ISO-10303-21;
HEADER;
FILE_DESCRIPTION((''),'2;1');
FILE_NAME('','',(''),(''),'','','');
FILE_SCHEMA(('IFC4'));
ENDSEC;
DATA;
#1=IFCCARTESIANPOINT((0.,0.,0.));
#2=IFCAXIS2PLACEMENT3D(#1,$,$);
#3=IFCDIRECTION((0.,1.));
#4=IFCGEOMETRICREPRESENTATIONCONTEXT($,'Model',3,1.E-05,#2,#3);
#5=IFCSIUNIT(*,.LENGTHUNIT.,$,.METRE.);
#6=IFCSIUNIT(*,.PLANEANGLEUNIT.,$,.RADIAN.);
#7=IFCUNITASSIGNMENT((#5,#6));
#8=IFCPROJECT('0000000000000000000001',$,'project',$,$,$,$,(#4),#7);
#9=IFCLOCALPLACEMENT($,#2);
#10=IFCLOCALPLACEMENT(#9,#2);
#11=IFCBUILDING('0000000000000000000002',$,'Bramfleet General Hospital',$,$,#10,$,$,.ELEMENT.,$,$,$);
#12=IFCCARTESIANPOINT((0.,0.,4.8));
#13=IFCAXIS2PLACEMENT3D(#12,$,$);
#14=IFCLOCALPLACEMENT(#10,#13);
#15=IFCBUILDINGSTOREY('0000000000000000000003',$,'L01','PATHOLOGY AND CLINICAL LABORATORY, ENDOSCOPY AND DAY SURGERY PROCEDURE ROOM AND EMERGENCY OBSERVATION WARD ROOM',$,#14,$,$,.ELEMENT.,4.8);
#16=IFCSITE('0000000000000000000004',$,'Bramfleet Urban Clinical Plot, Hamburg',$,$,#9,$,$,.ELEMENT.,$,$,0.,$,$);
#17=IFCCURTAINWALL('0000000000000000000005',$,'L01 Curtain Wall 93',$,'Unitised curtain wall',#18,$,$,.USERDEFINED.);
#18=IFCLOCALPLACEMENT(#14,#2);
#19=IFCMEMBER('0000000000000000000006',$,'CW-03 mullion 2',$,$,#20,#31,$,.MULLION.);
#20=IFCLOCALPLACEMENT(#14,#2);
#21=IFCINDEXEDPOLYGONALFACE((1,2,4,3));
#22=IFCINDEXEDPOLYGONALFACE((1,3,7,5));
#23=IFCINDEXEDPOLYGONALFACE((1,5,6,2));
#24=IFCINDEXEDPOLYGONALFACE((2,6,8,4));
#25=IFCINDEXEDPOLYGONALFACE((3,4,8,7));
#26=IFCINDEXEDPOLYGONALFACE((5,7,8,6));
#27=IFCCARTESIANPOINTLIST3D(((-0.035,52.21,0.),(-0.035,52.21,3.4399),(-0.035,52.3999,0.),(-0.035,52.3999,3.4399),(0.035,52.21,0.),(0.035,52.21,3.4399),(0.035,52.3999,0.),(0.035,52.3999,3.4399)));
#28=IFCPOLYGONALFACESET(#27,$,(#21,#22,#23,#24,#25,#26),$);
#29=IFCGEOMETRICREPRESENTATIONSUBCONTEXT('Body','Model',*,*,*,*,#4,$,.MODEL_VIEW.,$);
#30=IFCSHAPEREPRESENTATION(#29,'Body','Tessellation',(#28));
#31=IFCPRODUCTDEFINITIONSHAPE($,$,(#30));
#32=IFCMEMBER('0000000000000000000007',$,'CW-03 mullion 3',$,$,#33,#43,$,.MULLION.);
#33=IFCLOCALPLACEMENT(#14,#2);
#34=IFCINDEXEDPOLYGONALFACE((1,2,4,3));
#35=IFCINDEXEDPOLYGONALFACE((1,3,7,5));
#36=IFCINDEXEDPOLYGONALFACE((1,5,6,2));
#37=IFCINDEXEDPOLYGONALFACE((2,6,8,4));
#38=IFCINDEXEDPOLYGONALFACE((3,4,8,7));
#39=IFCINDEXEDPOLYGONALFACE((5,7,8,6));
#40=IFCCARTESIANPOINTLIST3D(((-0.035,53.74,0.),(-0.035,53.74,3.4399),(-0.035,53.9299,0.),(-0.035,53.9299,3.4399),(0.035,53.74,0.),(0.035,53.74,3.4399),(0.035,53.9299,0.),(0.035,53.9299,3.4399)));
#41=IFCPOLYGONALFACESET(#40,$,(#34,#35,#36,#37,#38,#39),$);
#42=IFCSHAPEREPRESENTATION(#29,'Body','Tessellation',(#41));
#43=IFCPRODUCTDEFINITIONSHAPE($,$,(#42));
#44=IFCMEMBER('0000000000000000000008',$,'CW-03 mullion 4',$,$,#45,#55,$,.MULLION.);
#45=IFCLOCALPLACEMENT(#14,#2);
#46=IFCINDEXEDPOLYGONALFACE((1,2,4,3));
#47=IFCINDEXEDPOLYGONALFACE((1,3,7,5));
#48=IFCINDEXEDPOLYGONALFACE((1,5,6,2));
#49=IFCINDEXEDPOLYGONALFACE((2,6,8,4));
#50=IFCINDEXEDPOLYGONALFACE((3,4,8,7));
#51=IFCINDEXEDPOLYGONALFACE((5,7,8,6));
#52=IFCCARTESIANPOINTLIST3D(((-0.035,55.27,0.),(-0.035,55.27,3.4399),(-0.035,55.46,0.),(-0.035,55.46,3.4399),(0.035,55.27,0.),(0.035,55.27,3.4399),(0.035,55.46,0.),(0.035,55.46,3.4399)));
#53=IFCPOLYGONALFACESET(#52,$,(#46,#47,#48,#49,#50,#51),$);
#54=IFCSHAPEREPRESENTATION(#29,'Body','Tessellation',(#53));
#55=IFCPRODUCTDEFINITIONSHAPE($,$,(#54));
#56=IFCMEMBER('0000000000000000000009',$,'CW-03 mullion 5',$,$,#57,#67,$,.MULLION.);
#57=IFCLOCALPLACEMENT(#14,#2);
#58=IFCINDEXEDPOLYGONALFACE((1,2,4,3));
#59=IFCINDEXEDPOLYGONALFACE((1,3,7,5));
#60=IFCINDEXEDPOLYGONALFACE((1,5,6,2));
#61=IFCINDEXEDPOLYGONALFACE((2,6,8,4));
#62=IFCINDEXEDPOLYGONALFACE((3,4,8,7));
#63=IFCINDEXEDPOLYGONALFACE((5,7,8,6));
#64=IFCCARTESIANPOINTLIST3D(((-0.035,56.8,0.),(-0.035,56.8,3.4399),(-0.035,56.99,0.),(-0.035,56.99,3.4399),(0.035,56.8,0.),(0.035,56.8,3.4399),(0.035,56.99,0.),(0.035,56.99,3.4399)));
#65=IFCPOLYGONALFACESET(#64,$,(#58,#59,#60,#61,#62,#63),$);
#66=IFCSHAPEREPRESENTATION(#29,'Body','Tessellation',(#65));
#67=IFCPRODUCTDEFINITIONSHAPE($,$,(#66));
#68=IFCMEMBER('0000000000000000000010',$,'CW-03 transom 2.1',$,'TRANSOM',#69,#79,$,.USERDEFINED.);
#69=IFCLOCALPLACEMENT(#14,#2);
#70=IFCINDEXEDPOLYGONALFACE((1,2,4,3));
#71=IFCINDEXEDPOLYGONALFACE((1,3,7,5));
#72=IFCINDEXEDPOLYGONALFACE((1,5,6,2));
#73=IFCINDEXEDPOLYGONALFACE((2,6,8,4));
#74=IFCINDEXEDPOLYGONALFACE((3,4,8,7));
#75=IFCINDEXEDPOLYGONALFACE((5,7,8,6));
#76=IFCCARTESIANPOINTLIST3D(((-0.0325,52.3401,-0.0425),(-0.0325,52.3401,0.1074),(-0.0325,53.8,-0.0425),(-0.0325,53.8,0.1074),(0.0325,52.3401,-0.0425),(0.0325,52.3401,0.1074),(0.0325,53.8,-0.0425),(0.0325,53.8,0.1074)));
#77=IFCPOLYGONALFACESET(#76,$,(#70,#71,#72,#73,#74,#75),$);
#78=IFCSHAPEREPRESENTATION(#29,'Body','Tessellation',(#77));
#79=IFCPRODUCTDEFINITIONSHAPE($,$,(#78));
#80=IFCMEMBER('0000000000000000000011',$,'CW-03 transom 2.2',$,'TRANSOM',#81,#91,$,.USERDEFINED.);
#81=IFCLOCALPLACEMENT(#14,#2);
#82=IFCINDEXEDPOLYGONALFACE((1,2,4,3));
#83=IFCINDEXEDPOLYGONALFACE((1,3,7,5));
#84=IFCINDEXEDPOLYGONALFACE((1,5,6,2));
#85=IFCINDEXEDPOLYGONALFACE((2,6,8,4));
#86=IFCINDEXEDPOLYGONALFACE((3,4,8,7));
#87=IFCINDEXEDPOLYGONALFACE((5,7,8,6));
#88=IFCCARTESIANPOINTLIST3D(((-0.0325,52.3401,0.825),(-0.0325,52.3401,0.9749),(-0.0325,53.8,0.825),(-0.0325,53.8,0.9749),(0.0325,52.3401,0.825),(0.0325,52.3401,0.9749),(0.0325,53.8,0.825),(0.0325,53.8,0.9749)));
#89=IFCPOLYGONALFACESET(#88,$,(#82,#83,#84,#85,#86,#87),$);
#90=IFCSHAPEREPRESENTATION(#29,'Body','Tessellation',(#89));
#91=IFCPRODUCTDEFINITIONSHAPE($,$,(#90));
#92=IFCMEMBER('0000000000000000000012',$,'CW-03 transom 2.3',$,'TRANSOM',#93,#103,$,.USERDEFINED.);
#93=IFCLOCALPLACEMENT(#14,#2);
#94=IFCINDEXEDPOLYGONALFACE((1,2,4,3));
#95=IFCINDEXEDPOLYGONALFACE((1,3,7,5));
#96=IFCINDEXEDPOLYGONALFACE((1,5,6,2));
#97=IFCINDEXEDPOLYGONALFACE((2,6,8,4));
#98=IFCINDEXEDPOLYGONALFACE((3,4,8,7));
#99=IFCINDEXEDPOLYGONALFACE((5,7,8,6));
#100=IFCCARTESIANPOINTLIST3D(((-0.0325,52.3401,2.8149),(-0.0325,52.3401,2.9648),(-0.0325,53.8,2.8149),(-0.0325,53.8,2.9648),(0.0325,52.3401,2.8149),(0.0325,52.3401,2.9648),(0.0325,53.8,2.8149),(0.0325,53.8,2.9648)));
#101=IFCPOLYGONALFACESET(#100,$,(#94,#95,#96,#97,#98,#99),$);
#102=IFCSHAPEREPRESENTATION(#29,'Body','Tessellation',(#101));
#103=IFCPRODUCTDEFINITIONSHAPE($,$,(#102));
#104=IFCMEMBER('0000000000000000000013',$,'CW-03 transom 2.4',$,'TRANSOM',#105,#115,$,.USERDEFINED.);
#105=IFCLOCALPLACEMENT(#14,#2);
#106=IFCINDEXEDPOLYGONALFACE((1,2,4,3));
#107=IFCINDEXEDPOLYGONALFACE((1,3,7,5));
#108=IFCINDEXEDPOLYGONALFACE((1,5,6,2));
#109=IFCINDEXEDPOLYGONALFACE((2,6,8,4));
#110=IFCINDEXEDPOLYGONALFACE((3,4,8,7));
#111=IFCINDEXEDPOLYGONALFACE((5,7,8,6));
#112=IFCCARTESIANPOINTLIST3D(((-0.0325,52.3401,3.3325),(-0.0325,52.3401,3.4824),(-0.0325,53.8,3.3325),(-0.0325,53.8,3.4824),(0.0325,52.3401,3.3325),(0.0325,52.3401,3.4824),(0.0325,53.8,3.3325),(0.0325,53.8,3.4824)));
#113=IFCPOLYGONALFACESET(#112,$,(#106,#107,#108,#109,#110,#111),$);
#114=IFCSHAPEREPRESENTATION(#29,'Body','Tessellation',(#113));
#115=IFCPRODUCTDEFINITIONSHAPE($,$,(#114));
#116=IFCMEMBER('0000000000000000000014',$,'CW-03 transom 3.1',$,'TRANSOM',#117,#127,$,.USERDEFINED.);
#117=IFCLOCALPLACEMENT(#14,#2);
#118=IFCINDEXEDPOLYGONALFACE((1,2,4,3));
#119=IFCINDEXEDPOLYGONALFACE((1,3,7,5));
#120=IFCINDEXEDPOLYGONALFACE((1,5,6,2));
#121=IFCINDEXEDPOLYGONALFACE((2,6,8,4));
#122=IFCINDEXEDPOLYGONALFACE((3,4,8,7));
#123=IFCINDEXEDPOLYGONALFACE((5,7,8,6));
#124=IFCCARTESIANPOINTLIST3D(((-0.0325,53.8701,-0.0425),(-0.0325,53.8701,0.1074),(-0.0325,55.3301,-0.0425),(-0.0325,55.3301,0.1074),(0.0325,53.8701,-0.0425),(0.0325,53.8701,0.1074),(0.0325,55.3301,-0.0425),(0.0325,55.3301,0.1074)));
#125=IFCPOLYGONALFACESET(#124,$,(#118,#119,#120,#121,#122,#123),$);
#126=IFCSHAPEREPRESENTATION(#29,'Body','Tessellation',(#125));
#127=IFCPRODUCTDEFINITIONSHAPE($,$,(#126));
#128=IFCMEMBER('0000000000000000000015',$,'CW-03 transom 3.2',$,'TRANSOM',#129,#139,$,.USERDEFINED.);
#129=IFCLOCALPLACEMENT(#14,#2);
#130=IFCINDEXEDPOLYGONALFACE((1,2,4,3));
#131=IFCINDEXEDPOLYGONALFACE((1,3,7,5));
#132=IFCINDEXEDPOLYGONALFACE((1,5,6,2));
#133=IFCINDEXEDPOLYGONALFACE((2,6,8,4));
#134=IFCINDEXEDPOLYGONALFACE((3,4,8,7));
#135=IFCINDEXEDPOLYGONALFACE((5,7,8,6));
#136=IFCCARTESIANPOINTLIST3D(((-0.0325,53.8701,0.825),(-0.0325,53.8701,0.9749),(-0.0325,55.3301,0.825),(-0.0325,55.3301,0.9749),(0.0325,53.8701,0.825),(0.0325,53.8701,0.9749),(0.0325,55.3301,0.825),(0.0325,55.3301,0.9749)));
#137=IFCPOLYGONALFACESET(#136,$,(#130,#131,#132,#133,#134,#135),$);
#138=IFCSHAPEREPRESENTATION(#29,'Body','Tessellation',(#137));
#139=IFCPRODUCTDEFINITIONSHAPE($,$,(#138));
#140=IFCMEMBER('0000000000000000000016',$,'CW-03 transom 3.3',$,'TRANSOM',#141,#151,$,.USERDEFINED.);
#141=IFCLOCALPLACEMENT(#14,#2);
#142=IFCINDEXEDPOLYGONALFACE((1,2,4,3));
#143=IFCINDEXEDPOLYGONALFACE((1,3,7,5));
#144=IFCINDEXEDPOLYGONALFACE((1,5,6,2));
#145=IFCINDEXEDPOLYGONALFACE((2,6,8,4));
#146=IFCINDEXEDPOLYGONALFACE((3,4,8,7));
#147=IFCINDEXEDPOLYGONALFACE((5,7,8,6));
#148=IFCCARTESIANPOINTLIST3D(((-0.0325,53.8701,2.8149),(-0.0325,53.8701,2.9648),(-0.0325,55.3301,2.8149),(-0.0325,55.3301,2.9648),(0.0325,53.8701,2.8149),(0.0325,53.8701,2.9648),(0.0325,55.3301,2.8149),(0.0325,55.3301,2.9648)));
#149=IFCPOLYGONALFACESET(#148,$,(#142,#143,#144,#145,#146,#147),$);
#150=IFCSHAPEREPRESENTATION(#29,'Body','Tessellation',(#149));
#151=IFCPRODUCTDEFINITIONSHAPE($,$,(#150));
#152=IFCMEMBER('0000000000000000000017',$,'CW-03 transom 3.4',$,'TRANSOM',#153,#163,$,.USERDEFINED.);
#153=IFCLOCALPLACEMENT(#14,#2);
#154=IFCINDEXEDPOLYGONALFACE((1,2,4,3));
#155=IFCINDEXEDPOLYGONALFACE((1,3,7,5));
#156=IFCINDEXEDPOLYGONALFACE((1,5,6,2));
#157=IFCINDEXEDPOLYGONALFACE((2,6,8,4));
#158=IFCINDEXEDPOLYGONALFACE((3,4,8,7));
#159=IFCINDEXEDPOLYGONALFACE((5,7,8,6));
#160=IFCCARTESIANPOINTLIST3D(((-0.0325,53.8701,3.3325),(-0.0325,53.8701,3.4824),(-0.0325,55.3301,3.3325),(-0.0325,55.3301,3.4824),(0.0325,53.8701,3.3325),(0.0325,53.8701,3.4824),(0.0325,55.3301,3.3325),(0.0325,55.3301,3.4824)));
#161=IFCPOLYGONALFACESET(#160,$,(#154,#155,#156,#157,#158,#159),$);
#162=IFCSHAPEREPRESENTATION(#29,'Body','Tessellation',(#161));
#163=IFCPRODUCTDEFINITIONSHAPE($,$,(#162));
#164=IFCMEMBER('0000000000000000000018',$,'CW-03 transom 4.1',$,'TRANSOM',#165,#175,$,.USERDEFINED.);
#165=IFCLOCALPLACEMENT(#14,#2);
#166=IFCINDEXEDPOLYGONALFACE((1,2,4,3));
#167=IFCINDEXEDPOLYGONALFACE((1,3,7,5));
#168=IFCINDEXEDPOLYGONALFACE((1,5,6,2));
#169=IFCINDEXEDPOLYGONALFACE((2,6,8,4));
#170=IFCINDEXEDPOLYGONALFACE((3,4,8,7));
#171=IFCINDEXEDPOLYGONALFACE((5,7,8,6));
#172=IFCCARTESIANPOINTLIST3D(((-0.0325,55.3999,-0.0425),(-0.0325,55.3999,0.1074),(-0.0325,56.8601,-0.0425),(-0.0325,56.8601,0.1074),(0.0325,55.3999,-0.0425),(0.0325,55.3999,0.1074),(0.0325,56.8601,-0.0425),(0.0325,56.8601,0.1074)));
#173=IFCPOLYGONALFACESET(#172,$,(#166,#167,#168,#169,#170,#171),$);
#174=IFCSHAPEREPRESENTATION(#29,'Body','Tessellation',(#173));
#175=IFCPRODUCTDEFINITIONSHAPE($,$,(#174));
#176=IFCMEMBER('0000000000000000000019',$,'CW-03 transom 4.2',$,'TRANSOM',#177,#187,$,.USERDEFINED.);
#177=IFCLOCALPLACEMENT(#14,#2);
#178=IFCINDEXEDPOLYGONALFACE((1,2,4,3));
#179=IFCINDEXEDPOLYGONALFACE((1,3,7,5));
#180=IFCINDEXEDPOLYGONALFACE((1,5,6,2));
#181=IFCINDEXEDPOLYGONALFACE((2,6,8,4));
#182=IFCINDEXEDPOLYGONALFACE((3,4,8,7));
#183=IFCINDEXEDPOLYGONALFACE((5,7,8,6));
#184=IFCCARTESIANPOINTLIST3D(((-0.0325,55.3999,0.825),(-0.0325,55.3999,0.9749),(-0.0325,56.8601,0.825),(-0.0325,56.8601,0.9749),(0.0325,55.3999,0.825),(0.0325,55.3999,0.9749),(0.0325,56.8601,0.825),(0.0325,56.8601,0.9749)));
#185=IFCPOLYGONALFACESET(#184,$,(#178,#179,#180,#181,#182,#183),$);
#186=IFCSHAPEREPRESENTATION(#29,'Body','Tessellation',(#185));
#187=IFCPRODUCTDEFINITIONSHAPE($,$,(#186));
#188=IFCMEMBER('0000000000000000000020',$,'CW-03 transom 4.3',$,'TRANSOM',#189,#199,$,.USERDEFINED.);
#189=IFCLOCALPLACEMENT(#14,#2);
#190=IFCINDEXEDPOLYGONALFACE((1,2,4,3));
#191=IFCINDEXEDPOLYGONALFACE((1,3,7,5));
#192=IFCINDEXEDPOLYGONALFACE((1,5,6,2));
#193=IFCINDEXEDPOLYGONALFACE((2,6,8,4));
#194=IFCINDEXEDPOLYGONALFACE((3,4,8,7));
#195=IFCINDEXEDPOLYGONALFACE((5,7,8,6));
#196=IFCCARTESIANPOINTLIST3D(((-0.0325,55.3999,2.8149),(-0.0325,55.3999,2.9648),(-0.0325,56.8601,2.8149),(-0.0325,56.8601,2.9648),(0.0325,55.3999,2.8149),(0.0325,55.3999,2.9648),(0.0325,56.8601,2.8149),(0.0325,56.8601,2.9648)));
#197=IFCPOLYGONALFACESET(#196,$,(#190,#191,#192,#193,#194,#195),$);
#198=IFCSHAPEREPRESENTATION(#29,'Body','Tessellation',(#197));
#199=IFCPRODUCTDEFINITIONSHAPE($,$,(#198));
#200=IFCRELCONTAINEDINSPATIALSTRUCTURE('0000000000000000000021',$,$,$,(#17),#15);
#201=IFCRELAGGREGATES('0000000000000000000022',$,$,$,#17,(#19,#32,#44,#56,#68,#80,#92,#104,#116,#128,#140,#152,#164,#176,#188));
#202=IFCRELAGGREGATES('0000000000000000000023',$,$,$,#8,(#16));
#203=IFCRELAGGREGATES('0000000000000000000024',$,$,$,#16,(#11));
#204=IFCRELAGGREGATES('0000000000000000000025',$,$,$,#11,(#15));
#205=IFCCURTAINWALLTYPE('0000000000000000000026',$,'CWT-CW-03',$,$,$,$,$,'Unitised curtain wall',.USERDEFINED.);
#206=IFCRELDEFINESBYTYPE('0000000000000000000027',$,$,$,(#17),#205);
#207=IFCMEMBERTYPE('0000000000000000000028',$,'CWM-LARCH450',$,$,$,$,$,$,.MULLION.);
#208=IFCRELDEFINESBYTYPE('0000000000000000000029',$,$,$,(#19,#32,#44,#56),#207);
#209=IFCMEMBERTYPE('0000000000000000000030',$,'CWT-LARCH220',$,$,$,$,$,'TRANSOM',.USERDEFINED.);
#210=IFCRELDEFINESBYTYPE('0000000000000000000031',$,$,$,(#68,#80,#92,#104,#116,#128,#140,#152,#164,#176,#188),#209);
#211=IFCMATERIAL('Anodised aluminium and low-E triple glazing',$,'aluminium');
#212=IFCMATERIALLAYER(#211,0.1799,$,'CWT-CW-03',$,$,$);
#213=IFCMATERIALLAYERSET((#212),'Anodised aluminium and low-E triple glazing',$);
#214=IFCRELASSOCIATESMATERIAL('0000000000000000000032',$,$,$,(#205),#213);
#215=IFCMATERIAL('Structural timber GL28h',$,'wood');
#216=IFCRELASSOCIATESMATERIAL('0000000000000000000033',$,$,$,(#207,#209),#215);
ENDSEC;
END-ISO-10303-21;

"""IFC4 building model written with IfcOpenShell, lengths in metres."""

from ifc_helpers import new_model, si_unit, direction, frame, origin, origin_2d, place, context, subcontext, project, spatial, rectangle, extrude, material, layer, layer_set, material_profile, profile_set, type_object, element, aggregate, save


model = new_model("IFC4")

# Units and contexts
model_context = context("Model", 3, precision=1e-05, world=origin(), true_north=direction((0.0, 1.0)))
body_context = subcontext(model_context, "Body", "Model", "MODEL_VIEW")
ifc_project = project(units=[si_unit("LENGTHUNIT", "METRE"), si_unit("PLANEANGLEUNIT", "RADIAN")], contexts=[model_context])

# Site, building, storey
site_placement = place(None, origin())
site = spatial("IfcSite", under=ifc_project, at=site_placement, Name="Bramfleet Urban Clinical Plot, Hamburg", CompositionType="ELEMENT", RefElevation=0.0)
building_placement = place(site_placement, origin())
building = spatial("IfcBuilding", under=site, at=building_placement, Name="Bramfleet General Hospital", CompositionType="ELEMENT")
storey_placement = place(building_placement, frame((0.0, 0.0, 4.8)))
storey = spatial("IfcBuildingStorey", under=building, at=storey_placement, Name="L01", Description="PATHOLOGY AND CLINICAL LABORATORY, ENDOSCOPY AND DAY SURGERY PROCEDURE ROOM AND EMERGENCY OBSERVATION WARD ROOM", CompositionType="ELEMENT", Elevation=4.8)

# Curtain wall, members
ifc_material_1 = material(Name="Anodised aluminium and low-E triple glazing", Category="aluminium")
ifc_layer_1 = layer(ifc_material_1, 0.1799, Name="CWT-CW-03")
ifc_layer_set_1 = layer_set([ifc_layer_1], Name="Anodised aluminium and low-E triple glazing")
curtain_wall_type = type_object("IfcCurtainWallType", Name="CWT-CW-03", ElementType="Unitised curtain wall", PredefinedType="USERDEFINED", material=ifc_layer_set_1)
curtain_wall_placement = place(storey_placement, origin())
curtain_wall = element("IfcCurtainWall", 1, at=curtain_wall_placement, inside=storey, type_object=curtain_wall_type, Name="L01 Curtain Wall 93", ObjectType="Unitised curtain wall", PredefinedType="USERDEFINED")
ifc_material_2 = material(Name="Structural timber GL28h", Category="wood")
ifc_material_profile_1 = material_profile(ifc_material_2, rectangle(XDim=0.0701, YDim=0.1899, at=origin_2d()), Name="LARCH 190x70")
ifc_profile_set_1 = profile_set([ifc_material_profile_1], Name="Structural timber GL28h")
member_type_1 = type_object("IfcMemberType", Name="CWM-LARCH450", PredefinedType="MULLION", material=ifc_profile_set_1)
member_1_placement = place(storey_placement, frame((0.0, 52.3049, 0.0), z_axis=(0.0, 0.0, 1.0), x_axis=(-1.0, 0.0, 0.0)))
member_1 = element("IfcMember", 2, at=member_1_placement, type_object=member_type_1, Name="CW-03 mullion 2", PredefinedType="MULLION", context=body_context, shape_type="SweptSolid", body=[
    extrude(rectangle(XDim=0.0701, YDim=0.1899, at=origin_2d()), origin(), (0.0, 0.0, 1.0), 3.4399),
])
member_2_placement = place(storey_placement, frame((0.0, 53.835, 0.0), z_axis=(0.0, 0.0, 1.0), x_axis=(-1.0, 0.0, 0.0)))
member_2 = element("IfcMember", 3, at=member_2_placement, type_object=member_type_1, Name="CW-03 mullion 3", PredefinedType="MULLION", context=body_context, shape_type="SweptSolid", body=[
    extrude(rectangle(XDim=0.0701, YDim=0.1899, at=origin_2d()), origin(), (0.0, 0.0, 1.0), 3.4399),
])
member_3_placement = place(storey_placement, frame((0.0, 55.365, 0.0), z_axis=(0.0, 0.0, 1.0), x_axis=(-1.0, 0.0, 0.0)))
member_3 = element("IfcMember", 4, at=member_3_placement, type_object=member_type_1, Name="CW-03 mullion 4", PredefinedType="MULLION", context=body_context, shape_type="SweptSolid", body=[
    extrude(rectangle(XDim=0.0701, YDim=0.1899, at=origin_2d()), origin(), (0.0, 0.0, 1.0), 3.4399),
])
member_4_placement = place(storey_placement, frame((0.0, 56.895, 0.0), z_axis=(0.0, 0.0, 1.0), x_axis=(-1.0, 0.0, 0.0)))
member_4 = element("IfcMember", 5, at=member_4_placement, type_object=member_type_1, Name="CW-03 mullion 5", PredefinedType="MULLION", context=body_context, shape_type="SweptSolid", body=[
    extrude(rectangle(XDim=0.0701, YDim=0.1899, at=origin_2d()), origin(), (0.0, 0.0, 1.0), 3.4399),
])
ifc_material_profile_2 = material_profile(ifc_material_2, rectangle(XDim=0.0649, YDim=0.1499, at=origin_2d()), Name="LARCH 150x65")
ifc_profile_set_2 = profile_set([ifc_material_profile_2], Name="Structural timber GL28h")
member_type_2 = type_object("IfcMemberType", Name="CWT-LARCH220", ElementType="TRANSOM", PredefinedType="USERDEFINED", material=ifc_profile_set_2)
member_5_placement = place(storey_placement, frame((0.0, 52.3401, 0.0325), z_axis=(0.0, 1.0, 0.0), x_axis=(-1.0, 0.0, 0.0)))
member_5 = element("IfcMember", 6, at=member_5_placement, type_object=member_type_2, Name="CW-03 transom 2.1", ObjectType="TRANSOM", PredefinedType="USERDEFINED", context=body_context, shape_type="SweptSolid", body=[
    extrude(rectangle(XDim=0.0649, YDim=0.1499, at=origin_2d()), origin(), (0.0, 0.0, 1.0), 1.46),
])
member_6_placement = place(storey_placement, frame((0.0, 52.3401, 0.8999), z_axis=(0.0, 1.0, 0.0), x_axis=(-1.0, 0.0, 0.0)))
member_6 = element("IfcMember", 7, at=member_6_placement, type_object=member_type_2, Name="CW-03 transom 2.2", ObjectType="TRANSOM", PredefinedType="USERDEFINED", context=body_context, shape_type="SweptSolid", body=[
    extrude(rectangle(XDim=0.0649, YDim=0.1499, at=origin_2d()), origin(), (0.0, 0.0, 1.0), 1.46),
])
member_7_placement = place(storey_placement, frame((0.0, 52.3401, 2.8899), z_axis=(0.0, 1.0, 0.0), x_axis=(-1.0, 0.0, 0.0)))
member_7 = element("IfcMember", 8, at=member_7_placement, type_object=member_type_2, Name="CW-03 transom 2.3", ObjectType="TRANSOM", PredefinedType="USERDEFINED", context=body_context, shape_type="SweptSolid", body=[
    extrude(rectangle(XDim=0.0649, YDim=0.1499, at=origin_2d()), origin(), (0.0, 0.0, 1.0), 1.46),
])
member_8_placement = place(storey_placement, frame((0.0, 52.3401, 3.4075), z_axis=(0.0, 1.0, 0.0), x_axis=(-1.0, 0.0, 0.0)))
member_8 = element("IfcMember", 9, at=member_8_placement, type_object=member_type_2, Name="CW-03 transom 2.4", ObjectType="TRANSOM", PredefinedType="USERDEFINED", context=body_context, shape_type="SweptSolid", body=[
    extrude(rectangle(XDim=0.0649, YDim=0.1499, at=origin_2d()), origin(), (0.0, 0.0, 1.0), 1.46),
])
member_9_placement = place(storey_placement, frame((0.0, 53.8701, 0.0325), z_axis=(0.0, 1.0, 0.0), x_axis=(-1.0, 0.0, 0.0)))
member_9 = element("IfcMember", 10, at=member_9_placement, type_object=member_type_2, Name="CW-03 transom 3.1", ObjectType="TRANSOM", PredefinedType="USERDEFINED", context=body_context, shape_type="SweptSolid", body=[
    extrude(rectangle(XDim=0.0649, YDim=0.1499, at=origin_2d()), origin(), (0.0, 0.0, 1.0), 1.46),
])
member_10_placement = place(storey_placement, frame((0.0, 53.8701, 0.8999), z_axis=(0.0, 1.0, 0.0), x_axis=(-1.0, 0.0, 0.0)))
member_10 = element("IfcMember", 11, at=member_10_placement, type_object=member_type_2, Name="CW-03 transom 3.2", ObjectType="TRANSOM", PredefinedType="USERDEFINED", context=body_context, shape_type="SweptSolid", body=[
    extrude(rectangle(XDim=0.0649, YDim=0.1499, at=origin_2d()), origin(), (0.0, 0.0, 1.0), 1.46),
])
member_11_placement = place(storey_placement, frame((0.0, 53.8701, 2.8899), z_axis=(0.0, 1.0, 0.0), x_axis=(-1.0, 0.0, 0.0)))
member_11 = element("IfcMember", 12, at=member_11_placement, type_object=member_type_2, Name="CW-03 transom 3.3", ObjectType="TRANSOM", PredefinedType="USERDEFINED", context=body_context, shape_type="SweptSolid", body=[
    extrude(rectangle(XDim=0.0649, YDim=0.1499, at=origin_2d()), origin(), (0.0, 0.0, 1.0), 1.46),
])
member_12_placement = place(storey_placement, frame((0.0, 53.8701, 3.4075), z_axis=(0.0, 1.0, 0.0), x_axis=(-1.0, 0.0, 0.0)))
member_12 = element("IfcMember", 13, at=member_12_placement, type_object=member_type_2, Name="CW-03 transom 3.4", ObjectType="TRANSOM", PredefinedType="USERDEFINED", context=body_context, shape_type="SweptSolid", body=[
    extrude(rectangle(XDim=0.0649, YDim=0.1499, at=origin_2d()), origin(), (0.0, 0.0, 1.0), 1.46),
])
member_13_placement = place(storey_placement, frame((0.0, 55.3999, 0.0325), z_axis=(0.0, 1.0, 0.0), x_axis=(-1.0, 0.0, 0.0)))
member_13 = element("IfcMember", 14, at=member_13_placement, type_object=member_type_2, Name="CW-03 transom 4.1", ObjectType="TRANSOM", PredefinedType="USERDEFINED", context=body_context, shape_type="SweptSolid", body=[
    extrude(rectangle(XDim=0.0649, YDim=0.1499, at=origin_2d()), origin(), (0.0, 0.0, 1.0), 1.4602),
])
member_14_placement = place(storey_placement, frame((0.0, 55.3999, 0.8999), z_axis=(0.0, 1.0, 0.0), x_axis=(-1.0, 0.0, 0.0)))
member_14 = element("IfcMember", 15, at=member_14_placement, type_object=member_type_2, Name="CW-03 transom 4.2", ObjectType="TRANSOM", PredefinedType="USERDEFINED", context=body_context, shape_type="SweptSolid", body=[
    extrude(rectangle(XDim=0.0649, YDim=0.1499, at=origin_2d()), origin(), (0.0, 0.0, 1.0), 1.4602),
])
member_15_placement = place(storey_placement, frame((0.0, 55.3999, 2.8899), z_axis=(0.0, 1.0, 0.0), x_axis=(-1.0, 0.0, 0.0)))
member_15 = element("IfcMember", 16, at=member_15_placement, type_object=member_type_2, Name="CW-03 transom 4.3", ObjectType="TRANSOM", PredefinedType="USERDEFINED", context=body_context, shape_type="SweptSolid", body=[
    extrude(rectangle(XDim=0.0649, YDim=0.1499, at=origin_2d()), origin(), (0.0, 0.0, 1.0), 1.4602),
])
aggregate(curtain_wall, [member_1, member_2, member_3, member_4, member_5, member_6, member_7, member_8, member_9, member_10, member_11, member_12, member_13, member_14, member_15])

save(model, "model.ifc")
